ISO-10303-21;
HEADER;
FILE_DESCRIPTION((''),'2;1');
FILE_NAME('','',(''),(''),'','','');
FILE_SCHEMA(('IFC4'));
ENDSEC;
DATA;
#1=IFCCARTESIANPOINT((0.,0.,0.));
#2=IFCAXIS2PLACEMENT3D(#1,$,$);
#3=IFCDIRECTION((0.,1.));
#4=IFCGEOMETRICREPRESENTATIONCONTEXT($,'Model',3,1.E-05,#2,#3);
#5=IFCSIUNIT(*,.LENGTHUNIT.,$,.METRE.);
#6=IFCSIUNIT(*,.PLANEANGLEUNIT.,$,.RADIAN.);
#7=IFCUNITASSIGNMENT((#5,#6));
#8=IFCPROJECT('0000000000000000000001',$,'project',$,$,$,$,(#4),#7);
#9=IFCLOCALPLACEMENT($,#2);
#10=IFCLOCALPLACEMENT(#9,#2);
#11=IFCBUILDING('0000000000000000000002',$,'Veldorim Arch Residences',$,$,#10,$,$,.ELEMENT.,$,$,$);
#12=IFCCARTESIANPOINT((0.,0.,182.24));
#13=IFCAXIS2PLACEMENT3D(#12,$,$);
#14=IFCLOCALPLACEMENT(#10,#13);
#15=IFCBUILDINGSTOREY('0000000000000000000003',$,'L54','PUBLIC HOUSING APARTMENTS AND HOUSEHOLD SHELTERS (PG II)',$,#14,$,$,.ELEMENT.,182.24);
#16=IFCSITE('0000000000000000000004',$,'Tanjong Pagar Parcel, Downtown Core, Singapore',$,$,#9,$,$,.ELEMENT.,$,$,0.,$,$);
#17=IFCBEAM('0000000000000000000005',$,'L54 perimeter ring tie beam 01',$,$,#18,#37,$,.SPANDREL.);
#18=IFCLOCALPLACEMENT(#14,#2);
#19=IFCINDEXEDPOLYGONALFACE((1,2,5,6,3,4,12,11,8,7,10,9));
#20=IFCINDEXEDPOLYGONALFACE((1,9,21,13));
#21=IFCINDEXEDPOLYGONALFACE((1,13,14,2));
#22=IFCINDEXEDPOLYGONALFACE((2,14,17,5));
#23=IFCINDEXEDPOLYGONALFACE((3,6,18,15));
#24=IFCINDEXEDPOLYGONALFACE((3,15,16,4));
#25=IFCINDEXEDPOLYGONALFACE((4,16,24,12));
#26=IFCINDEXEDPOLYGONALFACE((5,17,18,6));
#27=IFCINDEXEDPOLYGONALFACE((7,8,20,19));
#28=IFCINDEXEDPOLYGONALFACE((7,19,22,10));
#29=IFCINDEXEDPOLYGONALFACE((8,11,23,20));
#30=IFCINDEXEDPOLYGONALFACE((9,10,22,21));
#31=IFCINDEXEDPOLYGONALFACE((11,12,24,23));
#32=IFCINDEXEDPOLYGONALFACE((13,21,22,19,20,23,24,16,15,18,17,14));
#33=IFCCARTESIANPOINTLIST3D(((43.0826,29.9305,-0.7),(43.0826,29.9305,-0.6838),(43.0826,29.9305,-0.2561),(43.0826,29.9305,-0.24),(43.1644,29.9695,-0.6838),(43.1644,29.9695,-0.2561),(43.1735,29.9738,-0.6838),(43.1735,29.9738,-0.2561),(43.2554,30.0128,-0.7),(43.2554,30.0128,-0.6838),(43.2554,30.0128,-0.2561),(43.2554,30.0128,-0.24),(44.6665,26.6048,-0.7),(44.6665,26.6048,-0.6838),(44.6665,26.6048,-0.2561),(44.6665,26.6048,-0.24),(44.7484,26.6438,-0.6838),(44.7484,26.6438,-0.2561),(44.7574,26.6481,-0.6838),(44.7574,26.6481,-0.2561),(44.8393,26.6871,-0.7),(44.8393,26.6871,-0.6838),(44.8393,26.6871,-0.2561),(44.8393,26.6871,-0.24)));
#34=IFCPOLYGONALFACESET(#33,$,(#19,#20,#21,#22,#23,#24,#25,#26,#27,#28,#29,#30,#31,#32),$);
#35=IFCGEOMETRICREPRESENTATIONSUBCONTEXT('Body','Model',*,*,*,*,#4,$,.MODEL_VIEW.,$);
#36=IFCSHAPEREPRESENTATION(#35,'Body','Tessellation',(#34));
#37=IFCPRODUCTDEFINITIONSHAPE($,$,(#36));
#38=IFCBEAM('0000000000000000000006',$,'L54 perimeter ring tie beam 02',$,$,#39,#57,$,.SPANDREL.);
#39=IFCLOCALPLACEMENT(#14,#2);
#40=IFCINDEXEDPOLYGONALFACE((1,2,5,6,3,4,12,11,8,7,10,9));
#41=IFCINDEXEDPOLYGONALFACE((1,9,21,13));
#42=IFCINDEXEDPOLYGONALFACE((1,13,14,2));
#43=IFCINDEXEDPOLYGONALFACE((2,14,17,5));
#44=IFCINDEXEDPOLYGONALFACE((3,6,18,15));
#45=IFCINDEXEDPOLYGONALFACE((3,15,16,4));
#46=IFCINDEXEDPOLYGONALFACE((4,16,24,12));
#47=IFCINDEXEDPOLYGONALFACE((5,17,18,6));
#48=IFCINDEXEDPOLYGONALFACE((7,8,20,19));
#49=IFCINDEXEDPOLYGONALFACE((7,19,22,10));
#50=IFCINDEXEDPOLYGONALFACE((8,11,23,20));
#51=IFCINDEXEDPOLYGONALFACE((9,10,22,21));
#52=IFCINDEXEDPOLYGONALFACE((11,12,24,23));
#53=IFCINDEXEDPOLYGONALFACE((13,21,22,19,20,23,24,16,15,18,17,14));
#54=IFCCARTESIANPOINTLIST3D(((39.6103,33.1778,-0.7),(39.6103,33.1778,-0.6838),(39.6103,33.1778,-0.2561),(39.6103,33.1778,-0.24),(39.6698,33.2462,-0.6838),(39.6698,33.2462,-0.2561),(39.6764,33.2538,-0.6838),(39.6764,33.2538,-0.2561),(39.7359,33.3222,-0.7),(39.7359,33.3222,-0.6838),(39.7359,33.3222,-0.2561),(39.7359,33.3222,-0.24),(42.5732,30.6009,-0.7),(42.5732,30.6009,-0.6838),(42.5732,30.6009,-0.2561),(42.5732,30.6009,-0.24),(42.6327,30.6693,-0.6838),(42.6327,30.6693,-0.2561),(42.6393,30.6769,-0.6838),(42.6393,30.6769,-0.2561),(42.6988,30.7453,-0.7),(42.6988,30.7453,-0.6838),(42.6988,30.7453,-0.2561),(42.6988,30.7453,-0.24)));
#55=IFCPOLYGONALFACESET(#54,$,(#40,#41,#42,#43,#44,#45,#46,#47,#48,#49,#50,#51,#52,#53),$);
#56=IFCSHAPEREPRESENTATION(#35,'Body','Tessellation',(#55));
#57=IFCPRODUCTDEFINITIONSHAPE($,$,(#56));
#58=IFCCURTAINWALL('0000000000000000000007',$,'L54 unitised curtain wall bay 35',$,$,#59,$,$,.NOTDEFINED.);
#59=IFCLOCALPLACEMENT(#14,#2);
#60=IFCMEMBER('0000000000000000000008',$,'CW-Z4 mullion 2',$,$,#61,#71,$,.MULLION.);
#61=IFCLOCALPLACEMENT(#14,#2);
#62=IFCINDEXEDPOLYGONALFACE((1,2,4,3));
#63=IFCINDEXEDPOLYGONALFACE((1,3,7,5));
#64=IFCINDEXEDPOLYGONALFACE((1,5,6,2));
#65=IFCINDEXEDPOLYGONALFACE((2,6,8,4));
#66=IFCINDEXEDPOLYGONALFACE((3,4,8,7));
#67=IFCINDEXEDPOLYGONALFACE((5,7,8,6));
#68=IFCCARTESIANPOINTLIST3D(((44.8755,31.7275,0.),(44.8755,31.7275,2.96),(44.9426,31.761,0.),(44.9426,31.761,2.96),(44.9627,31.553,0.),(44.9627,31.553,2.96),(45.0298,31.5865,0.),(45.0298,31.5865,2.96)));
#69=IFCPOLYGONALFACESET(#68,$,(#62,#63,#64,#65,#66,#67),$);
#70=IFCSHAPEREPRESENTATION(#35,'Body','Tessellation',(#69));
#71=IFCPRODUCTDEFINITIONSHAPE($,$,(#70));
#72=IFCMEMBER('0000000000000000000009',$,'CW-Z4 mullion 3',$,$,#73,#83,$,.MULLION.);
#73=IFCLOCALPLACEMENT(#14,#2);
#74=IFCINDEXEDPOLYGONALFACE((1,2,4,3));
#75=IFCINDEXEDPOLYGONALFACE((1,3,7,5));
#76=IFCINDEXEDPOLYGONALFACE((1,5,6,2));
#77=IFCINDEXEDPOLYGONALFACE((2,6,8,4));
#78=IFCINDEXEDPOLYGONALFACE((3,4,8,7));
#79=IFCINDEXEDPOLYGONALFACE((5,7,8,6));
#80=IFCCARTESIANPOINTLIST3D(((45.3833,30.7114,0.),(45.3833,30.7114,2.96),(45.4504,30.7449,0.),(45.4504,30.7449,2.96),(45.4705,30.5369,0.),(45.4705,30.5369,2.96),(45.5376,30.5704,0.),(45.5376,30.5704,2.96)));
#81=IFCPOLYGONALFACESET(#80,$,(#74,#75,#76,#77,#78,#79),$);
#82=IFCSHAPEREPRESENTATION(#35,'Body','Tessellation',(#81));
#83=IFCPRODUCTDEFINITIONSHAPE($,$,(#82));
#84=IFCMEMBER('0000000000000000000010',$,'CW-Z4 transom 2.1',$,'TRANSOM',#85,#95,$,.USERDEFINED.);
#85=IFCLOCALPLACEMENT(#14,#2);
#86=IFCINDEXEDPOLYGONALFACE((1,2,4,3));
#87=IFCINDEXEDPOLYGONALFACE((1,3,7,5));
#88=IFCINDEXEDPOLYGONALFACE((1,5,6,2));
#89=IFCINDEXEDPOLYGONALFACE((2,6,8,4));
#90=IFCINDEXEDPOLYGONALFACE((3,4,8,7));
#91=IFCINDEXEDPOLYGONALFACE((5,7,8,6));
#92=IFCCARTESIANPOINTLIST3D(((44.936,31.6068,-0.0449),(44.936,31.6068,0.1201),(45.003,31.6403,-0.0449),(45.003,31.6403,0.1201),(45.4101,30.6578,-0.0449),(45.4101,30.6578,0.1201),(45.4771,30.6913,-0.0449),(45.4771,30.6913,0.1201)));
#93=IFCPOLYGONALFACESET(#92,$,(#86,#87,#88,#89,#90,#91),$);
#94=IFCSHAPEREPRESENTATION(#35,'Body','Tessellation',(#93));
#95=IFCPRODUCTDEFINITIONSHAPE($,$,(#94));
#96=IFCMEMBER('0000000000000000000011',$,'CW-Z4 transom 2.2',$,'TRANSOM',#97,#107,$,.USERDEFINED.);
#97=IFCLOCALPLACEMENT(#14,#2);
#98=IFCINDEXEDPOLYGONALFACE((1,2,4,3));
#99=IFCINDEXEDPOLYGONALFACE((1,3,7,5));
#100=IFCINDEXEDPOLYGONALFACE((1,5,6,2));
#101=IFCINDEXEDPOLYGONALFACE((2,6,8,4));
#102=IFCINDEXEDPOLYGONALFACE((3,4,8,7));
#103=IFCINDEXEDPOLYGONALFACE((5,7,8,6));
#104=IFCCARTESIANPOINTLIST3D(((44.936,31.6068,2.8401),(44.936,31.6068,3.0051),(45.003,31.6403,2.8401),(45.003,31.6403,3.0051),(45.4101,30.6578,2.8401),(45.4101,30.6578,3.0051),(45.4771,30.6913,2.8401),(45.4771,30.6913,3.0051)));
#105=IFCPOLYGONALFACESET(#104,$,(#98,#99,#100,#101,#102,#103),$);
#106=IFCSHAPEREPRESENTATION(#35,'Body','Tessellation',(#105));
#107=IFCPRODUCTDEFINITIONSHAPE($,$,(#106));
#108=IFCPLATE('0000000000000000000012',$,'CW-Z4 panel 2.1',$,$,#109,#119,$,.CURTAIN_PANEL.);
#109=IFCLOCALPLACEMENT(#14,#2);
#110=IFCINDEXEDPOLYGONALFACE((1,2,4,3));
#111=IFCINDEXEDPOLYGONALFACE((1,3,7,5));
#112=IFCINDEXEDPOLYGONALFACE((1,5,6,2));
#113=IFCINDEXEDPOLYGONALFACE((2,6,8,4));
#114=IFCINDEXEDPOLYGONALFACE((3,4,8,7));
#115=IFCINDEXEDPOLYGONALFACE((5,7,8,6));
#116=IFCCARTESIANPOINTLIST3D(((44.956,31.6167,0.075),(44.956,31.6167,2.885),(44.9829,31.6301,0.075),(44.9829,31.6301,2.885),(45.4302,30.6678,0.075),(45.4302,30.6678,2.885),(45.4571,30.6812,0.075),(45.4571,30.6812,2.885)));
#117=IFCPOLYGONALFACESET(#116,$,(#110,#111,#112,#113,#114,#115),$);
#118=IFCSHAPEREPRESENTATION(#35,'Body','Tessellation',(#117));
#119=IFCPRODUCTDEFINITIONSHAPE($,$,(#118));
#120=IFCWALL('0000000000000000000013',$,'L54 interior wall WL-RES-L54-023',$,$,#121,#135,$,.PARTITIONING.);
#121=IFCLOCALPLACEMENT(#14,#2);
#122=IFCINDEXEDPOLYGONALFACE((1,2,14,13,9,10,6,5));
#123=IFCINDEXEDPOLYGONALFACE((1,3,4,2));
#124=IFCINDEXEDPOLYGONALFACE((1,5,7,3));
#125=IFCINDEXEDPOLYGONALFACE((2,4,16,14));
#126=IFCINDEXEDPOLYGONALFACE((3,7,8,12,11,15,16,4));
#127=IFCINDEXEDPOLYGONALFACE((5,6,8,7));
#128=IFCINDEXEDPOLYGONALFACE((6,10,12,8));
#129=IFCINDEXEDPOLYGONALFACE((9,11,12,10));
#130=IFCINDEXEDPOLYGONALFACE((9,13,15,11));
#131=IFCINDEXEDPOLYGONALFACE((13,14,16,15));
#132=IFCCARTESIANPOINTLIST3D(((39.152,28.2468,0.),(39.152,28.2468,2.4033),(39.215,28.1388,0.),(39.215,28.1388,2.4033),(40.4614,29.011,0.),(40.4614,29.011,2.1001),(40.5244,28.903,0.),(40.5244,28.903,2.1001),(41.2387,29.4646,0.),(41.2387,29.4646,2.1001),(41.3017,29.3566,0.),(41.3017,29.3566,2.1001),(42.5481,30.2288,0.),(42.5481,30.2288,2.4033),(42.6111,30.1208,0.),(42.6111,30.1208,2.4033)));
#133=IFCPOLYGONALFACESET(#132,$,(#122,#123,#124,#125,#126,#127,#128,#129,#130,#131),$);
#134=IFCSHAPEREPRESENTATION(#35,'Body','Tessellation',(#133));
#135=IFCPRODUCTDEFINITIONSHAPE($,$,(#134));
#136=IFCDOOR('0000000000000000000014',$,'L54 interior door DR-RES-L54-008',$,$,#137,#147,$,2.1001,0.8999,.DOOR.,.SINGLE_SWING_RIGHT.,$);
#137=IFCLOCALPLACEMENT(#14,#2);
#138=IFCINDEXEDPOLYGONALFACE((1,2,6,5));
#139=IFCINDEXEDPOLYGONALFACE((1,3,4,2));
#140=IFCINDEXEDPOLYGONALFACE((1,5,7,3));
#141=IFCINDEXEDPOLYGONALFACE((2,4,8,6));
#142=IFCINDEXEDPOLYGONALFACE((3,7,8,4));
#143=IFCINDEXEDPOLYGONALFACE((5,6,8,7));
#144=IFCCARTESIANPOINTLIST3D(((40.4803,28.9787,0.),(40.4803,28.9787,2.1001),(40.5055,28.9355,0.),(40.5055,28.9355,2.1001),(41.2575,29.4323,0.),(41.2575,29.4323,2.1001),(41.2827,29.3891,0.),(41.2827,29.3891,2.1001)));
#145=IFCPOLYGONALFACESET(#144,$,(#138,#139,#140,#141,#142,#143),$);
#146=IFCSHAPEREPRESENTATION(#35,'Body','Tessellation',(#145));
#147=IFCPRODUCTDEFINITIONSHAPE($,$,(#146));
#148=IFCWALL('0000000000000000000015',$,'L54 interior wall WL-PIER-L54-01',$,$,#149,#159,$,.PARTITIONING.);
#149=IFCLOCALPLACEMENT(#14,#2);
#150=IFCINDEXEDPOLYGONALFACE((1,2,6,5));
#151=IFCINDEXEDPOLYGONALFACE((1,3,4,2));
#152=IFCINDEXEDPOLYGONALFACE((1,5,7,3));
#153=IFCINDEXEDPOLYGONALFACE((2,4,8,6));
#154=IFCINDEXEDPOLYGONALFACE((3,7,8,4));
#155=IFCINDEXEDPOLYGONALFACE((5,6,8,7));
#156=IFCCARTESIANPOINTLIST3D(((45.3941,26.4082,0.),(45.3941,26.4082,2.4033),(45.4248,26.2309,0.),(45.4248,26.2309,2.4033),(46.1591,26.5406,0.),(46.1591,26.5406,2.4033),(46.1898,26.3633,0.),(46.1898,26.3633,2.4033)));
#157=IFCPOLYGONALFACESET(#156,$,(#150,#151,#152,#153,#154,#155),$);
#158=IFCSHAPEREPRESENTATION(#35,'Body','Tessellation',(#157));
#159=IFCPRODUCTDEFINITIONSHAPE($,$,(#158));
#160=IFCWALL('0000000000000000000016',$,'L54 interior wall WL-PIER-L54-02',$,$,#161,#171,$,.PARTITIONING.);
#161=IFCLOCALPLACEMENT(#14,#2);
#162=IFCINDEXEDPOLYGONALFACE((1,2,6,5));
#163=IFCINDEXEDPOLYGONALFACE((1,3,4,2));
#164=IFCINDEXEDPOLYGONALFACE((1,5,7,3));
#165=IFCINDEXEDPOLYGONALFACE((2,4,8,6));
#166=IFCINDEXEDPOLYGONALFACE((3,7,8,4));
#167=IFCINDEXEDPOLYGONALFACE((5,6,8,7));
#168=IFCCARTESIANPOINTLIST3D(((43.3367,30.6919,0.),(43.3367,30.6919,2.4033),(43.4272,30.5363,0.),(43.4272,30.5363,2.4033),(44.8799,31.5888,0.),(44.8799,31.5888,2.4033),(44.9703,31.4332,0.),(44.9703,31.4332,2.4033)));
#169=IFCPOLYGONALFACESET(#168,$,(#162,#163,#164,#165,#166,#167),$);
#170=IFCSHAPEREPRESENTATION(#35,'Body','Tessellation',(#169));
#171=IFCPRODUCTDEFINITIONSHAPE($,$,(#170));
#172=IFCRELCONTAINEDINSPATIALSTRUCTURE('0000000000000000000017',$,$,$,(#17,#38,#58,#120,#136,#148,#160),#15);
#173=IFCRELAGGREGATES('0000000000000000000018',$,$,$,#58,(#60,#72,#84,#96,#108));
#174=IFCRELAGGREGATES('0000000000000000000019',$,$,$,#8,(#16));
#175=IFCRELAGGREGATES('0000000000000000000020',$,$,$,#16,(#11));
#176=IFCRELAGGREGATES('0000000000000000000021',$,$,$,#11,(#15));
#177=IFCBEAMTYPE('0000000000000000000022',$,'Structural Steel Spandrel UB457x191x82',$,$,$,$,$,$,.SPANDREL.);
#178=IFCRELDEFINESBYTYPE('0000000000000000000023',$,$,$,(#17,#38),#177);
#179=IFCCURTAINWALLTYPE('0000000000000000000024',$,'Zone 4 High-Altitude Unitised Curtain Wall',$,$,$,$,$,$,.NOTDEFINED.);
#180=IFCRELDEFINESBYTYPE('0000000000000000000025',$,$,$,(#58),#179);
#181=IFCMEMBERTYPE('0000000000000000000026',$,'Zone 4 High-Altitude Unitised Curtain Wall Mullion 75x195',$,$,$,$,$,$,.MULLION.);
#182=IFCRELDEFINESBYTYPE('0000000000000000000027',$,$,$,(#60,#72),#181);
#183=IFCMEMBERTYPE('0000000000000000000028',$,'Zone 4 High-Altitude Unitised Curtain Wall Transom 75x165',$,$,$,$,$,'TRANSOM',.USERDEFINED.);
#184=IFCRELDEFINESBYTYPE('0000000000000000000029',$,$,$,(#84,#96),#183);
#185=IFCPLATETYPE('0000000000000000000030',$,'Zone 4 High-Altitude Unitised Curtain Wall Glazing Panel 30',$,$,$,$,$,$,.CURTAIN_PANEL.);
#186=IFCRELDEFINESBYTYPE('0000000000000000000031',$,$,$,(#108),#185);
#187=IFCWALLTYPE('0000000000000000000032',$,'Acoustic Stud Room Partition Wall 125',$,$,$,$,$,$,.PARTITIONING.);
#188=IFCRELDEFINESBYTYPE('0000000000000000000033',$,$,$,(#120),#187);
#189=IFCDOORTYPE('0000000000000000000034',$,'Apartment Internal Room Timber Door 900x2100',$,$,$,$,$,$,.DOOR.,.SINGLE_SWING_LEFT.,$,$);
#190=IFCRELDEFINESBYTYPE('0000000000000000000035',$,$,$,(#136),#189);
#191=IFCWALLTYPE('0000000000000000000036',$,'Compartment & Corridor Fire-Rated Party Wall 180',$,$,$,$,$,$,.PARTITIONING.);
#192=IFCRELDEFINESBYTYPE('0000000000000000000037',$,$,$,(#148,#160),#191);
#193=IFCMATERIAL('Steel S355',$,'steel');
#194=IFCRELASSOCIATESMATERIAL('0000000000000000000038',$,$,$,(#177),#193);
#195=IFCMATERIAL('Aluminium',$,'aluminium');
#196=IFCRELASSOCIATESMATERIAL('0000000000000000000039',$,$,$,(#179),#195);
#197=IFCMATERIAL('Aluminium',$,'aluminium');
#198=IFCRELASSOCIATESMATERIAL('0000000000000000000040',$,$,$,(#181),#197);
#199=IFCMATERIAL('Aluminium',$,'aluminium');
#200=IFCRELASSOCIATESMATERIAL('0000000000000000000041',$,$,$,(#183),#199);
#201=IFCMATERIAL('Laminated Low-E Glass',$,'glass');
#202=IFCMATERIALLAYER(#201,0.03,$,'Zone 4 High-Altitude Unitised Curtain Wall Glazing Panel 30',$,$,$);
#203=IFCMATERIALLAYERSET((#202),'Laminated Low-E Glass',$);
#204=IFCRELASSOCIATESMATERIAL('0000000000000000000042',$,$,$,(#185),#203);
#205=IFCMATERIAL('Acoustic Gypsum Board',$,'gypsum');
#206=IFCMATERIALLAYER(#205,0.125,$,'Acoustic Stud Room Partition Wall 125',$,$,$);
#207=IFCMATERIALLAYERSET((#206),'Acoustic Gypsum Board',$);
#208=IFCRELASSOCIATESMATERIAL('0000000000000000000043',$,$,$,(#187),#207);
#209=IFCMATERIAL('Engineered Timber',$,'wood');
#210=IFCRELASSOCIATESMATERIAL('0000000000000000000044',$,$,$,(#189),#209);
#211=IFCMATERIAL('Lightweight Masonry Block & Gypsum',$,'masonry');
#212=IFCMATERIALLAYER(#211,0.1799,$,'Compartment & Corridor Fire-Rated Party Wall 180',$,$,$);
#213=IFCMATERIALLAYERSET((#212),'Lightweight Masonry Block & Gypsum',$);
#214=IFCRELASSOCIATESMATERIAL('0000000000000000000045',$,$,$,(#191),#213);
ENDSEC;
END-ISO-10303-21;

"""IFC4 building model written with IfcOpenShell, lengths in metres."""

from ifc_helpers import new_model, si_unit, direction, frame, frame_2d, origin, origin_2d, place, context, subcontext, project, spatial, rectangle, i_section, extrude, material, layer, layer_set, material_profile, profile_set, type_object, element, fill, aggregate, save


model = new_model("IFC4")

# Units and contexts
model_context = context("Model", 3, precision=1e-05, world=origin(), true_north=direction((0.0, 1.0)))
body_context = subcontext(model_context, "Body", "Model", "MODEL_VIEW")
ifc_project = project(units=[si_unit("LENGTHUNIT", "METRE"), si_unit("PLANEANGLEUNIT", "RADIAN")], contexts=[model_context])

# Site, building, storey
site_placement = place(None, origin())
site = spatial("IfcSite", under=ifc_project, at=site_placement, Name="Tanjong Pagar Parcel, Downtown Core, Singapore", CompositionType="ELEMENT", RefElevation=0.0)
building_placement = place(site_placement, origin())
building = spatial("IfcBuilding", under=site, at=building_placement, Name="Veldorim Arch Residences", CompositionType="ELEMENT")
storey_placement = place(building_placement, frame((0.0, 0.0, 182.24)))
storey = spatial("IfcBuildingStorey", under=building, at=storey_placement, Name="L54", Description="PUBLIC HOUSING APARTMENTS AND HOUSEHOLD SHELTERS (PG II)", CompositionType="ELEMENT", Elevation=182.24)

# Beams
ifc_material_1 = material(Name="Steel S355", Category="steel")
ifc_material_profile_1 = material_profile(ifc_material_1, i_section(OverallWidth=0.1914, OverallDepth=0.46, WebThickness=0.01, FlangeThickness=0.0161, at=origin_2d()), Name="UB457x191x82")
ifc_profile_set_1 = profile_set([ifc_material_profile_1], Name="Steel S355")
beam_type_1 = type_object("IfcBeamType", Name="Structural Steel Spandrel UB457x191x82", PredefinedType="SPANDREL", material=ifc_profile_set_1)
beam_1_placement = place(storey_placement, frame((44.7529, 26.646, -0.47), z_axis=(-0.430006, 0.902826, 0.0), x_axis=(-0.902826, -0.430006, 0.0)))
element("IfcBeam", 1, at=beam_1_placement, inside=storey, type_object=beam_type_1, Name="L54 perimeter ring tie beam 01", PredefinedType="SPANDREL", context=body_context, shape_type="SweptSolid", body=[
    extrude(i_section(OverallWidth=0.1914, OverallDepth=0.46, WebThickness=0.01, FlangeThickness=0.0161, at=origin_2d()), origin(), (0.0, 0.0, 1.0), 3.6836),
])
beam_2_placement = place(storey_placement, frame((42.636, 30.6731, -0.47), z_axis=(-0.754545, 0.656248, 0.0), x_axis=(-0.656248, -0.754545, 0.0)))
element("IfcBeam", 2, at=beam_2_placement, inside=storey, type_object=beam_type_1, Name="L54 perimeter ring tie beam 02", PredefinedType="SPANDREL", context=body_context, shape_type="SweptSolid", body=[
    extrude(i_section(OverallWidth=0.1914, OverallDepth=0.46, WebThickness=0.01, FlangeThickness=0.0161, at=origin_2d()), origin(), (0.0, 0.0, 1.0), 3.9268),
])

# Curtain wall, members, plate
ifc_material_2 = material(Name="Aluminium", Category="aluminium")
curtain_wall_type = type_object("IfcCurtainWallType", Name="Zone 4 High-Altitude Unitised Curtain Wall", PredefinedType="NOTDEFINED", material=ifc_material_2)
curtain_wall_placement = place(storey_placement, origin())
curtain_wall = element("IfcCurtainWall", 3, at=curtain_wall_placement, inside=storey, type_object=curtain_wall_type, Name="L54 unitised curtain wall bay 35", PredefinedType="NOTDEFINED")
ifc_material_3 = material(Name="Aluminium", Category="aluminium")
ifc_material_profile_2 = material_profile(ifc_material_3, rectangle(XDim=0.075, YDim=0.1951, at=origin_2d()), Name="ALU_MUL_75x195")
ifc_profile_set_2 = profile_set([ifc_material_profile_2], Name="Aluminium")
member_type_1 = type_object("IfcMemberType", Name="Zone 4 High-Altitude Unitised Curtain Wall Mullion 75x195", PredefinedType="MULLION", material=ifc_profile_set_2)
member_1_placement = place(storey_placement, frame((44.9526, 31.657, 0.0), z_axis=(0.0, 0.0, 1.0), x_axis=(0.894538, 0.446992, 0.0)))
member_1 = element("IfcMember", 4, at=member_1_placement, type_object=member_type_1, Name="CW-Z4 mullion 2", PredefinedType="MULLION", context=body_context, shape_type="SweptSolid", body=[
    extrude(rectangle(XDim=0.075, YDim=0.1951, at=origin_2d()), origin(), (0.0, 0.0, 1.0), 2.96),
])
member_2_placement = place(storey_placement, frame((45.4604, 30.6409, 0.0), z_axis=(0.0, 0.0, 1.0), x_axis=(0.894538, 0.446992, 0.0)))
member_2 = element("IfcMember", 5, at=member_2_placement, type_object=member_type_1, Name="CW-Z4 mullion 3", PredefinedType="MULLION", context=body_context, shape_type="SweptSolid", body=[
    extrude(rectangle(XDim=0.075, YDim=0.1951, at=origin_2d()), origin(), (0.0, 0.0, 1.0), 2.96),
])
ifc_material_4 = material(Name="Aluminium", Category="aluminium")
ifc_material_profile_3 = material_profile(ifc_material_4, rectangle(XDim=0.075, YDim=0.165, at=origin_2d()), Name="ALU_TRN_75x165")
ifc_profile_set_3 = profile_set([ifc_material_profile_3], Name="Aluminium")
member_type_2 = type_object("IfcMemberType", Name="Zone 4 High-Altitude Unitised Curtain Wall Transom 75x165", ElementType="TRANSOM", PredefinedType="USERDEFINED", material=ifc_profile_set_3)
member_3_placement = place(storey_placement, frame((44.9695, 31.6235, 0.0376), z_axis=(0.446937, -0.894565, 0.0), x_axis=(0.894565, 0.446937, 0.0)))
member_3 = element("IfcMember", 6, at=member_3_placement, type_object=member_type_2, Name="CW-Z4 transom 2.1", ObjectType="TRANSOM", PredefinedType="USERDEFINED", context=body_context, shape_type="SweptSolid", body=[
    extrude(rectangle(XDim=0.075, YDim=0.165, at=origin_2d()), origin(), (0.0, 0.0, 1.0), 1.0608),
])
member_4_placement = place(storey_placement, frame((44.9695, 31.6235, 2.9226), z_axis=(0.446937, -0.894565, 0.0), x_axis=(0.894565, 0.446937, 0.0)))
member_4 = element("IfcMember", 7, at=member_4_placement, type_object=member_type_2, Name="CW-Z4 transom 2.2", ObjectType="TRANSOM", PredefinedType="USERDEFINED", context=body_context, shape_type="SweptSolid", body=[
    extrude(rectangle(XDim=0.075, YDim=0.165, at=origin_2d()), origin(), (0.0, 0.0, 1.0), 1.0608),
])
ifc_material_5 = material(Name="Laminated Low-E Glass", Category="glass")
ifc_layer_1 = layer(ifc_material_5, 0.03, Name="Zone 4 High-Altitude Unitised Curtain Wall Glazing Panel 30")
ifc_layer_set_1 = layer_set([ifc_layer_1], Name="Laminated Low-E Glass")
plate_type = type_object("IfcPlateType", Name="Zone 4 High-Altitude Unitised Curtain Wall Glazing Panel 30", PredefinedType="CURTAIN_PANEL", material=ifc_layer_set_1)
plate_placement = place(storey_placement, frame((45.2065, 31.1489, 0.075), z_axis=(0.0, 0.0, 1.0), x_axis=(0.446992, -0.894538, 0.0)))
plate = element("IfcPlate", 8, at=plate_placement, type_object=plate_type, Name="CW-Z4 panel 2.1", PredefinedType="CURTAIN_PANEL", context=body_context, shape_type="SweptSolid", body=[
    extrude(rectangle(XDim=1.0608, YDim=0.03, at=origin_2d()), origin(), (0.0, 0.0, 1.0), 2.8101),
])
aggregate(curtain_wall, [member_1, member_2, member_3, member_4, plate])

# Wall, opening, door
ifc_material_6 = material(Name="Acoustic Gypsum Board", Category="gypsum")
ifc_layer_2 = layer(ifc_material_6, 0.125, Name="Acoustic Stud Room Partition Wall 125")
ifc_layer_set_2 = layer_set([ifc_layer_2], Name="Acoustic Gypsum Board")
wall_type_1 = type_object("IfcWallType", Name="Acoustic Stud Room Partition Wall 125", PredefinedType="PARTITIONING", material=ifc_layer_set_2)
wall_1_placement = place(storey_placement, frame((42.5796, 30.1748, 0.0), z_axis=(0.0, 0.0, 1.0), x_axis=(-0.863675, -0.504049, 0.0)))
wall_1 = element("IfcWall", 9, at=wall_1_placement, inside=storey, type_object=wall_type_1, Name="L54 interior wall WL-RES-L54-023", PredefinedType="PARTITIONING", context=body_context, shape_type="SweptSolid", body=[
    extrude(rectangle(XDim=3.9321, YDim=0.125, at=frame_2d((1.9661, 0.0))), origin(), (0.0, 0.0, 1.0), 2.4033),
])
opening_1_placement = place(wall_1_placement, frame((1.5161, 0.0, 0.0)))
opening_1 = element("IfcOpeningElement", 10, at=opening_1_placement, cuts=wall_1, PredefinedType="OPENING", context=body_context, shape_type="SweptSolid", body=[
    extrude(rectangle(XDim=0.8999, YDim=2.1001, at=frame_2d((0.45, 1.05))), frame((0.0, 0.0725, 0.0), z_axis=(0.0, -1.0, 0.0), x_axis=(1.0, 0.0, 0.0)), (0.0, 0.0, 1.0), 0.145),
])
ifc_material_7 = material(Name="Engineered Timber", Category="wood")
door_type = type_object("IfcDoorType", Name="Apartment Internal Room Timber Door 900x2100", OperationType="SINGLE_SWING_LEFT", PredefinedType="DOOR", material=ifc_material_7)
door_placement = place(opening_1_placement, origin())
door = element("IfcDoor", 11, at=door_placement, inside=storey, type_object=door_type, Name="L54 interior door DR-RES-L54-008", OperationType="SINGLE_SWING_RIGHT", OverallHeight=2.1001, OverallWidth=0.8999, PredefinedType="DOOR", context=body_context, shape_type="SweptSolid", body=[
    extrude(rectangle(XDim=0.8999, YDim=2.1001, at=frame_2d((0.45, 1.05))), frame((0.0, 0.0249, 0.0), z_axis=(0.0, -1.0, 0.0), x_axis=(1.0, 0.0, 0.0)), (0.0, 0.0, 1.0), 0.05),
])
fill(opening_1, door)

# Walls
ifc_material_8 = material(Name="Lightweight Masonry Block & Gypsum", Category="masonry")
ifc_layer_3 = layer(ifc_material_8, 0.1799, Name="Compartment & Corridor Fire-Rated Party Wall 180")
ifc_layer_set_3 = layer_set([ifc_layer_3], Name="Lightweight Masonry Block & Gypsum")
wall_type_2 = type_object("IfcWallType", Name="Compartment & Corridor Fire-Rated Party Wall 180", PredefinedType="PARTITIONING", material=ifc_layer_set_3)
wall_2_placement = place(storey_placement, frame((45.4094, 26.3196, 0.0), z_axis=(0.0, 0.0, 1.0), x_axis=(0.985364, 0.170465, 0.0)))
element("IfcWall", 12, at=wall_2_placement, inside=storey, type_object=wall_type_2, Name="L54 interior wall WL-PIER-L54-01", PredefinedType="PARTITIONING", context=body_context, shape_type="SweptSolid", body=[
    extrude(rectangle(XDim=0.7764, YDim=0.1799, at=frame_2d((0.3882, 0.0))), origin(), (0.0, 0.0, 1.0), 2.4033),
])
wall_3_placement = place(storey_placement, frame((43.3818, 30.614, 0.0), z_axis=(0.0, 0.0, 1.0), x_axis=(0.864567, 0.502518, 0.0)))
element("IfcWall", 13, at=wall_3_placement, inside=storey, type_object=wall_type_2, Name="L54 interior wall WL-PIER-L54-02", PredefinedType="PARTITIONING", context=body_context, shape_type="SweptSolid", body=[
    extrude(rectangle(XDim=1.7849, YDim=0.1799, at=frame_2d((0.8926, 0.0))), origin(), (0.0, 0.0, 1.0), 2.4033),
])

save(model, "model.ifc")
